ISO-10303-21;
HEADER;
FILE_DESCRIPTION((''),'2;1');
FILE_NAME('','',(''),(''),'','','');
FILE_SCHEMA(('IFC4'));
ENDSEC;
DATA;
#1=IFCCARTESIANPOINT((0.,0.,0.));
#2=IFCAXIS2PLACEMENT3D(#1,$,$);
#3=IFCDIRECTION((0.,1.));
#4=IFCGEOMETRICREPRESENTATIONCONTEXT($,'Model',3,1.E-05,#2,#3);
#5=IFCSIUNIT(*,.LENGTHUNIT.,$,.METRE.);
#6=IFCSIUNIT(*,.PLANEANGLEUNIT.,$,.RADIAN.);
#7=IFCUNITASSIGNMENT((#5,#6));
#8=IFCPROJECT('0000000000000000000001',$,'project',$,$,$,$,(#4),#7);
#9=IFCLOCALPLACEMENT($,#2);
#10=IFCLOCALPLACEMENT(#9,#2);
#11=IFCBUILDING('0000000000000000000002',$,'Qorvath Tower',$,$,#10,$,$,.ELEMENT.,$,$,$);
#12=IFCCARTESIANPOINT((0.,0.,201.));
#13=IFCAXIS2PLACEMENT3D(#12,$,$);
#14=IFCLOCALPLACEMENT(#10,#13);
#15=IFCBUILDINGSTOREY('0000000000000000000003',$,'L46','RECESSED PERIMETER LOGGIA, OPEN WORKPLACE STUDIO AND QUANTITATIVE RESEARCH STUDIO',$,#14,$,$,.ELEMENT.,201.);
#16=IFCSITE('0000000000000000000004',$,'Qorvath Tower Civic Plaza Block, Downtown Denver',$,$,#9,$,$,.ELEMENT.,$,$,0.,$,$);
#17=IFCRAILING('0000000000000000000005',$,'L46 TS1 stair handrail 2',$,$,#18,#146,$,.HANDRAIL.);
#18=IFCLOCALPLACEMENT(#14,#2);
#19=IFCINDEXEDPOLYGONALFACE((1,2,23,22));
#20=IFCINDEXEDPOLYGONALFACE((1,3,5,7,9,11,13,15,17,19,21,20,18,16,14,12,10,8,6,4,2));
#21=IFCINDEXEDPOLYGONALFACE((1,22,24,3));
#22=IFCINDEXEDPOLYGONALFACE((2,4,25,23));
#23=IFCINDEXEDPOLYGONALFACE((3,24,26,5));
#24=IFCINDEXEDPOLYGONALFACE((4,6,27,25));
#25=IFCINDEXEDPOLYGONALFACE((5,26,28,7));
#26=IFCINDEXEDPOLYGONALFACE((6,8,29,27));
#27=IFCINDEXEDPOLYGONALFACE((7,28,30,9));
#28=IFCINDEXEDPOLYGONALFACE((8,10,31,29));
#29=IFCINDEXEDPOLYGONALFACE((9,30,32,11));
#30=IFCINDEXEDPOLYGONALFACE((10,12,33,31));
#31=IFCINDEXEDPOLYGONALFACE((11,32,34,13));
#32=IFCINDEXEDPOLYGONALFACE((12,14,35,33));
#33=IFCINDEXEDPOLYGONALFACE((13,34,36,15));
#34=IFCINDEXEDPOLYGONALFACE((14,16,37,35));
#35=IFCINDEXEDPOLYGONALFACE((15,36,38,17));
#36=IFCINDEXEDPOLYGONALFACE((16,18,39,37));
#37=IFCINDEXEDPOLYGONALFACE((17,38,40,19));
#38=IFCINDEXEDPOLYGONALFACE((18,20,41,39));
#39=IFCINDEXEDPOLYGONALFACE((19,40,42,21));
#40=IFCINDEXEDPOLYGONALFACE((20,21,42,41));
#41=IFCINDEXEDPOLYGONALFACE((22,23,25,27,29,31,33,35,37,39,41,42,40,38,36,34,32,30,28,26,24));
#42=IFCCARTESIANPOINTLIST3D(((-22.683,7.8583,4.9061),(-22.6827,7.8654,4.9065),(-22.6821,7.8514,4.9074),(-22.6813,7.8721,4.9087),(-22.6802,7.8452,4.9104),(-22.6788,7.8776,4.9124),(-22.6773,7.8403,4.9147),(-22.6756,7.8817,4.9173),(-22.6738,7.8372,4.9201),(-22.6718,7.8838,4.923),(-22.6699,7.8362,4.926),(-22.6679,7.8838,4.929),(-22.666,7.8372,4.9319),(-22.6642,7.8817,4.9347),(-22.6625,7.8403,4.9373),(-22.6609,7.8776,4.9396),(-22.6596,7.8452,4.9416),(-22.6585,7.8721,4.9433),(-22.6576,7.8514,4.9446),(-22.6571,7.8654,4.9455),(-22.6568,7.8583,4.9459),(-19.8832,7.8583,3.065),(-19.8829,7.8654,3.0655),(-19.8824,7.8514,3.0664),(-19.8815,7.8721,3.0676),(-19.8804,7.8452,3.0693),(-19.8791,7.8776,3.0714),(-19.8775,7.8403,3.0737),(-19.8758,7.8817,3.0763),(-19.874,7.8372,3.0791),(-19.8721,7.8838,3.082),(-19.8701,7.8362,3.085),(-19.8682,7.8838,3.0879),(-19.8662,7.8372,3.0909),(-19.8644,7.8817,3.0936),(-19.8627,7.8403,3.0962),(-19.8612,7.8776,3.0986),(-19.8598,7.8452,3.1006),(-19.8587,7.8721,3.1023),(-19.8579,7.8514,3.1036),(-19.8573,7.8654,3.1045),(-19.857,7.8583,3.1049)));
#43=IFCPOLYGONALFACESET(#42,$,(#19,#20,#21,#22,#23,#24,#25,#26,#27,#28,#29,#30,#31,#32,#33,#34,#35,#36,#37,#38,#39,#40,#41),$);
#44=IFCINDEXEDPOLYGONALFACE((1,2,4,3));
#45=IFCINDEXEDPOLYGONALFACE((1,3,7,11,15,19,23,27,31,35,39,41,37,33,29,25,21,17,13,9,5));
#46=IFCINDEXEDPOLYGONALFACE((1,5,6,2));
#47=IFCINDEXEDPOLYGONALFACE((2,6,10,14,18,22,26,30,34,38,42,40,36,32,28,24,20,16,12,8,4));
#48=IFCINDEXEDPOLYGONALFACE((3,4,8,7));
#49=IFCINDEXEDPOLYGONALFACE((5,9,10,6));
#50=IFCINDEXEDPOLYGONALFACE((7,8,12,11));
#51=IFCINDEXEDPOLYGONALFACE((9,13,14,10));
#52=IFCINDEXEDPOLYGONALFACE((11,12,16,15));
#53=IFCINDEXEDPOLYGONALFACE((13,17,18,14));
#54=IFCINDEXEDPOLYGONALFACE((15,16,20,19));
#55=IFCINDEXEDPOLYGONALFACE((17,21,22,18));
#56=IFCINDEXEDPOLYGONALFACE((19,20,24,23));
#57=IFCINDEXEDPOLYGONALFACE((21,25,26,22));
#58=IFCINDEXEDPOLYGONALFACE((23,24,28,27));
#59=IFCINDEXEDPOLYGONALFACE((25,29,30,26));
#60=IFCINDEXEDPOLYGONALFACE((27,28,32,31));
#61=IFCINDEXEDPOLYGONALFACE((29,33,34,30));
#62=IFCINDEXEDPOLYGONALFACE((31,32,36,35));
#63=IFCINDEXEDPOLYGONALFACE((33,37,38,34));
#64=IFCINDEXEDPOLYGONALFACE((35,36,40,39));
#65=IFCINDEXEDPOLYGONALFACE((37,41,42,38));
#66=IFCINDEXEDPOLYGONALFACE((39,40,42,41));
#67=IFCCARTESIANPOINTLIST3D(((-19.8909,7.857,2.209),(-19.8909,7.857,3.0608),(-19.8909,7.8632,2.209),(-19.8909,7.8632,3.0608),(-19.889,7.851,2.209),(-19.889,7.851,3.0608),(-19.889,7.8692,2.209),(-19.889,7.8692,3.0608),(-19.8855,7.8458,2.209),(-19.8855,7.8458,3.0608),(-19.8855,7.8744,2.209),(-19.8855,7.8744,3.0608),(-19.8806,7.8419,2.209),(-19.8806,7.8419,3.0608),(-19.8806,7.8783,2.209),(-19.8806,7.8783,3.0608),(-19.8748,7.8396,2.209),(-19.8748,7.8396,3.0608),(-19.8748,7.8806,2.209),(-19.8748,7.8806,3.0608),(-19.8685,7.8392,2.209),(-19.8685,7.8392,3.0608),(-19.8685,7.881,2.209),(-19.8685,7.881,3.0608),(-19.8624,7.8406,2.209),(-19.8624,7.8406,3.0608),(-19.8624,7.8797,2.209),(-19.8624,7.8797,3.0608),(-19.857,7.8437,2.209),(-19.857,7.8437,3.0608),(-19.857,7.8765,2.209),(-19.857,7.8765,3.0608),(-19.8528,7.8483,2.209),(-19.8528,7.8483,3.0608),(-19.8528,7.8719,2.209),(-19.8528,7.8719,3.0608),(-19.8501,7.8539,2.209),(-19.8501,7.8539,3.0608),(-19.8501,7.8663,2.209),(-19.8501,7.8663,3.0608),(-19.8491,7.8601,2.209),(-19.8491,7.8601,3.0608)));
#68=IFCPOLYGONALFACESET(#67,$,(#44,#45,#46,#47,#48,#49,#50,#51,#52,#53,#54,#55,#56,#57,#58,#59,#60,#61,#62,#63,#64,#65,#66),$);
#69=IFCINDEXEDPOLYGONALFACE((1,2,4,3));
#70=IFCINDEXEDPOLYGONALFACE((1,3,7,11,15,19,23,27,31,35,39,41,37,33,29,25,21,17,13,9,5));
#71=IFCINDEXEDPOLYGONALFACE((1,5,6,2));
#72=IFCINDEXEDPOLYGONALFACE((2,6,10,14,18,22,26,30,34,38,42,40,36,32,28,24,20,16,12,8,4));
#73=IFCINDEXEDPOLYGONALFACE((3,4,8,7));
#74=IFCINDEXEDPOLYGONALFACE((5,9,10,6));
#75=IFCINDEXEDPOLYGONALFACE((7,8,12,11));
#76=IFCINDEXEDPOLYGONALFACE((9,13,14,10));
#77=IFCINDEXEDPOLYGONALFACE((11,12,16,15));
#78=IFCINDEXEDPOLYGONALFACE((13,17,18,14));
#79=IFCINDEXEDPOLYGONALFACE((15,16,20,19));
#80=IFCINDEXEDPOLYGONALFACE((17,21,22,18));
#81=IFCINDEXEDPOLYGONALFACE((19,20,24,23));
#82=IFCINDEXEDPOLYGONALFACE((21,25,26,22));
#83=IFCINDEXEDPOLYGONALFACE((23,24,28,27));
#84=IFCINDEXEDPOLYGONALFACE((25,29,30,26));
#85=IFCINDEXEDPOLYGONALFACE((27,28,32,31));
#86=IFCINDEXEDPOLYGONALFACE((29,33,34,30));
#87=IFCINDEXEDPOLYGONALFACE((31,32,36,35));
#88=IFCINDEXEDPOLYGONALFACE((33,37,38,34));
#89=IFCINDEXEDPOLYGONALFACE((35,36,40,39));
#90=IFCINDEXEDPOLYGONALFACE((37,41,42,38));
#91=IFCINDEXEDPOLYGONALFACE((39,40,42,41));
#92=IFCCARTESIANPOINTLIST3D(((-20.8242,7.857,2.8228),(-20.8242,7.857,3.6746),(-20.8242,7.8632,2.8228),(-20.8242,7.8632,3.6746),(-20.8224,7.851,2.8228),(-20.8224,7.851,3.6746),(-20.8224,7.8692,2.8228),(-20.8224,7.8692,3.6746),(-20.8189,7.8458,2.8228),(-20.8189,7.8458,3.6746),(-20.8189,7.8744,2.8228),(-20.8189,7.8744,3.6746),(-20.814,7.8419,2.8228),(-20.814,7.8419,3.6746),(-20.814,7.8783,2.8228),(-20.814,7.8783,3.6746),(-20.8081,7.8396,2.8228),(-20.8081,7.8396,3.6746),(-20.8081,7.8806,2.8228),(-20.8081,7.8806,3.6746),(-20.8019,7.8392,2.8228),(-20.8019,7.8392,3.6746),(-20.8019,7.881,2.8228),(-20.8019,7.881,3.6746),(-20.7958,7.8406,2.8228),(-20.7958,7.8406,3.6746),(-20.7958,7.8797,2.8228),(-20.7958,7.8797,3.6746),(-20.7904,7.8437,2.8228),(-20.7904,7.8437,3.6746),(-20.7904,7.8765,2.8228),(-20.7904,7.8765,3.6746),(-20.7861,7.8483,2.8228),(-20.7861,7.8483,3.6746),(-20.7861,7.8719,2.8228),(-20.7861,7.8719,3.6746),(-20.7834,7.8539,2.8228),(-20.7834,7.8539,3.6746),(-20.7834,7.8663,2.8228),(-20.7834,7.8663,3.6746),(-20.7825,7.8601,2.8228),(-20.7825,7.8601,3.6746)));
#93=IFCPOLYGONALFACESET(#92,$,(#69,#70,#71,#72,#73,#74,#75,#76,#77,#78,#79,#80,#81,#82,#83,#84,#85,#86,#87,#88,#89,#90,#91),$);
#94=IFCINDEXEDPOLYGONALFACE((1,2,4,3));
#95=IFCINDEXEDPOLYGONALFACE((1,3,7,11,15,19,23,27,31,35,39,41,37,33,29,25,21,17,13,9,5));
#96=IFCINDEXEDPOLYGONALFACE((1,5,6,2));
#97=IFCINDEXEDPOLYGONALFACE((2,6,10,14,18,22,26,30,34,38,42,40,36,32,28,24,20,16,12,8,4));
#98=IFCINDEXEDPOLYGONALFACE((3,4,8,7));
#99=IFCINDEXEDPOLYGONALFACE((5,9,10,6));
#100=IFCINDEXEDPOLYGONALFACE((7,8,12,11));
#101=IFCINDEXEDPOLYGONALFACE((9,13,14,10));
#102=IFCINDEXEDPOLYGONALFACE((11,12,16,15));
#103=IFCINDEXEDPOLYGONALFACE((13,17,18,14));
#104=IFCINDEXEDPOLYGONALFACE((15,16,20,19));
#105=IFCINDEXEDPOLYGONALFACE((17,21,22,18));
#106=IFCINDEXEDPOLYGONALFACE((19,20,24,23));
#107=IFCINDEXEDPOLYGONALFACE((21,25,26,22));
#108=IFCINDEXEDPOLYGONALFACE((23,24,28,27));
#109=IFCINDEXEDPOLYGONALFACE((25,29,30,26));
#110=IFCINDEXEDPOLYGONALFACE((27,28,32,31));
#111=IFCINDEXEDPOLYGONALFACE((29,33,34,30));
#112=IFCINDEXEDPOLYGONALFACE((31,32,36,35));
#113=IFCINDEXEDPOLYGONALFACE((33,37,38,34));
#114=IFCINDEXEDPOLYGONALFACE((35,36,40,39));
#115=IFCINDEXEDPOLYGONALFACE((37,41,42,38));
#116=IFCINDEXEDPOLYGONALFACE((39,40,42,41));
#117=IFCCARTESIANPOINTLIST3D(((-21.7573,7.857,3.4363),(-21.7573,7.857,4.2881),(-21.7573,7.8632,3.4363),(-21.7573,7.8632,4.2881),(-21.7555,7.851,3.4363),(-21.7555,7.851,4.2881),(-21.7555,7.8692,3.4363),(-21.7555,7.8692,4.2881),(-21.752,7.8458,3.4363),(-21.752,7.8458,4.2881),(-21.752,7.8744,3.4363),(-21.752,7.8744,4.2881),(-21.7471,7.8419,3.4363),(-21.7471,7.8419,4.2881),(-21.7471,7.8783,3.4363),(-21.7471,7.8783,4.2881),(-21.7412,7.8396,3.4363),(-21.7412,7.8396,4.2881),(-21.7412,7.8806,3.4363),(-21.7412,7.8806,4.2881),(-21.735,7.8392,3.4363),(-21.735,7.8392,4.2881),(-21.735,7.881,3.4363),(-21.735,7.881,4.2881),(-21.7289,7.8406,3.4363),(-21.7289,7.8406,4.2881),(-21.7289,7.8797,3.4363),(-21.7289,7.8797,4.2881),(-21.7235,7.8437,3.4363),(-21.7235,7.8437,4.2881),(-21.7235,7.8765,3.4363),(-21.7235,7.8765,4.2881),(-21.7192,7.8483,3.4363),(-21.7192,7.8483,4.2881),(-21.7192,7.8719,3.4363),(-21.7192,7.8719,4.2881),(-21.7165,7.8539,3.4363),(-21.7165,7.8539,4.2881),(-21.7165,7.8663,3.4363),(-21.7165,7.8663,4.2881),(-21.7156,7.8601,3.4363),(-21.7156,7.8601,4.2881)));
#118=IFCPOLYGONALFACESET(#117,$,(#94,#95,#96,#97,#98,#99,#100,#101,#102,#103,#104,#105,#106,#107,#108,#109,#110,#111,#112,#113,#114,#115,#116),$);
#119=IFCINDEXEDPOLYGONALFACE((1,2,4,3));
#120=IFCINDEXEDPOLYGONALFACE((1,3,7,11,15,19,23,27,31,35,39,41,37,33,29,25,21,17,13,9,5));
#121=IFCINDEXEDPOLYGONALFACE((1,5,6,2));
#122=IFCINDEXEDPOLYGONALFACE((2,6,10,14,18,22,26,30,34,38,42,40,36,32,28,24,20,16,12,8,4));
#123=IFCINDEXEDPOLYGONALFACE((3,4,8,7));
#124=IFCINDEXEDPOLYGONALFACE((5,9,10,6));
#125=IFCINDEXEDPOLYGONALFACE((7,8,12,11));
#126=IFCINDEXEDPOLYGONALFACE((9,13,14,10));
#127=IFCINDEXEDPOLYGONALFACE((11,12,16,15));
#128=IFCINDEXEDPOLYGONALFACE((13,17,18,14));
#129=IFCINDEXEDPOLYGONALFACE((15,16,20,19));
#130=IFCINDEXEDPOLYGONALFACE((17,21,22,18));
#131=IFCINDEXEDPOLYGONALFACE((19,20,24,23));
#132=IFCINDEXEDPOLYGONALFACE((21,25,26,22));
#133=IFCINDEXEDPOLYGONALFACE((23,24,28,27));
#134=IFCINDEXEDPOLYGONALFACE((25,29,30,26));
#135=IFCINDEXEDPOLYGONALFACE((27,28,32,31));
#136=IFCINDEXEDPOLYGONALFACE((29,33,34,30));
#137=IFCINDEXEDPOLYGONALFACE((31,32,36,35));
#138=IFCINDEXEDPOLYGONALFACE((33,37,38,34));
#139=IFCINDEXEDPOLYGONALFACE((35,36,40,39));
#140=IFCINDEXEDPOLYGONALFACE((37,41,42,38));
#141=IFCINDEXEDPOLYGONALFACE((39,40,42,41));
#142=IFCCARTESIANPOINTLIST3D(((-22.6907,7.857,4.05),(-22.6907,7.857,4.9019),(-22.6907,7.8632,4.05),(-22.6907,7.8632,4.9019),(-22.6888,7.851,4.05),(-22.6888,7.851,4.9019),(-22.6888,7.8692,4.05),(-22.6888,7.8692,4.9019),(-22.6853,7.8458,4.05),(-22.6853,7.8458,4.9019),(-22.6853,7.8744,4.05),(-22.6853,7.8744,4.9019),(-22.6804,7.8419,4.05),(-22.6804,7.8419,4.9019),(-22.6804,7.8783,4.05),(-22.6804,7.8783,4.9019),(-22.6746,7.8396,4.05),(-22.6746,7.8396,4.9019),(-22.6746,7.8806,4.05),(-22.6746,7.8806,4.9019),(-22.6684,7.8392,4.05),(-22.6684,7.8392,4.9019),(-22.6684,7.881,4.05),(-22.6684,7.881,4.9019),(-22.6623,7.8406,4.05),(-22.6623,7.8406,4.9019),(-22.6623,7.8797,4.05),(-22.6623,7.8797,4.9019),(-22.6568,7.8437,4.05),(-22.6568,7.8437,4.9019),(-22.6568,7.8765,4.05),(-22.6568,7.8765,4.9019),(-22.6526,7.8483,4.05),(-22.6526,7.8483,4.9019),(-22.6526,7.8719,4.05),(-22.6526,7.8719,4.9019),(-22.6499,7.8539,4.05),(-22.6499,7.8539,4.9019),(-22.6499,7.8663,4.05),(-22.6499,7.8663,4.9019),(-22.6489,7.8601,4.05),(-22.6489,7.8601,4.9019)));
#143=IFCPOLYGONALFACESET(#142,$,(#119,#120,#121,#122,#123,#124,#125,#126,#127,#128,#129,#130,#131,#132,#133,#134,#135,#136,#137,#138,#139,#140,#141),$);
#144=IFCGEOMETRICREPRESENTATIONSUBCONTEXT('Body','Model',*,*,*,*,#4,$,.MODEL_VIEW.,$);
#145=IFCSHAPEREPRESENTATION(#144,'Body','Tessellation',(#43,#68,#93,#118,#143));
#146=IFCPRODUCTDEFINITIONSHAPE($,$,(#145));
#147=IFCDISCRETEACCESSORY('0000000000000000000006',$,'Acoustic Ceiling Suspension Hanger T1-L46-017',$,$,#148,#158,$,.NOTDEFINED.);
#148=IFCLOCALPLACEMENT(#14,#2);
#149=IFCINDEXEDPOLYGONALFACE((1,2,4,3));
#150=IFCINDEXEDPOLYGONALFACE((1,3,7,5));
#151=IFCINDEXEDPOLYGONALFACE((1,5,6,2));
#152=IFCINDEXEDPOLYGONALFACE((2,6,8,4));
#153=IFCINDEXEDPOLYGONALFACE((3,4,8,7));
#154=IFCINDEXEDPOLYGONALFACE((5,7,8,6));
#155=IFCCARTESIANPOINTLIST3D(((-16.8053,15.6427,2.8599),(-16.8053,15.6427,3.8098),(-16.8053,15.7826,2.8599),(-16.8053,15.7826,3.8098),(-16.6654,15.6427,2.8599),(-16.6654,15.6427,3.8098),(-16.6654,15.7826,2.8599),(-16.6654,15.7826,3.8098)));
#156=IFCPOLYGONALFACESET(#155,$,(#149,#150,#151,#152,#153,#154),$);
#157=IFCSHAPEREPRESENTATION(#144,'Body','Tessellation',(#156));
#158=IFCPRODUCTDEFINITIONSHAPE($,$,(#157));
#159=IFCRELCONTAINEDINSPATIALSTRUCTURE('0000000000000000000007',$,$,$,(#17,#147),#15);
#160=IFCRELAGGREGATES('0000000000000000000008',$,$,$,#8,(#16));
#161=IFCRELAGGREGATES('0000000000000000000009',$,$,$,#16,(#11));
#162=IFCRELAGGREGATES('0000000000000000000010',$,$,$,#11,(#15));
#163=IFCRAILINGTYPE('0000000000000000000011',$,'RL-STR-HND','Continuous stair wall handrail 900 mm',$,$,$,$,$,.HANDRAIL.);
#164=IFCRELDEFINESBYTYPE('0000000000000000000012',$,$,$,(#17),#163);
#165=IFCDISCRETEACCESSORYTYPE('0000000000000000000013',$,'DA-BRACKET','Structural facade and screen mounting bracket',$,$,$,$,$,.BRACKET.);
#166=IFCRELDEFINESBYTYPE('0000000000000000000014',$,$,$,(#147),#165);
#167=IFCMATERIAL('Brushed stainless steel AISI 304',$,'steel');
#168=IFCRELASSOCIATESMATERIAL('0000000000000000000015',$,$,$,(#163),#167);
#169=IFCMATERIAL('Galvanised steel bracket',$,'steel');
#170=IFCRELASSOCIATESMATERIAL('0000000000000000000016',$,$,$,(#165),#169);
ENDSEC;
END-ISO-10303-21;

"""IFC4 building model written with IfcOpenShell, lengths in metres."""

from ifc_helpers import new_model, si_unit, direction, frame, origin, origin_2d, place, context, subcontext, project, spatial, rectangle, circle, extrude, material, type_object, element, save


model = new_model("IFC4")

# Units and contexts
model_context = context("Model", 3, precision=1e-05, world=origin(), true_north=direction((0.0, 1.0)))
body_context = subcontext(model_context, "Body", "Model", "MODEL_VIEW")
ifc_project = project(units=[si_unit("LENGTHUNIT", "METRE"), si_unit("PLANEANGLEUNIT", "RADIAN")], contexts=[model_context])

# Site, building, storey
site_placement = place(None, origin())
site = spatial("IfcSite", under=ifc_project, at=site_placement, Name="Qorvath Tower Civic Plaza Block, Downtown Denver", CompositionType="ELEMENT", RefElevation=0.0)
building_placement = place(site_placement, origin())
building = spatial("IfcBuilding", under=site, at=building_placement, Name="Qorvath Tower", CompositionType="ELEMENT")
storey_placement = place(building_placement, frame((0.0, 0.0, 201.0)))
storey = spatial("IfcBuildingStorey", under=building, at=storey_placement, Name="L46", Description="RECESSED PERIMETER LOGGIA, OPEN WORKPLACE STUDIO AND QUANTITATIVE RESEARCH STUDIO", CompositionType="ELEMENT", Elevation=201.0)

# Railing
ifc_material_1 = material(Name="Brushed stainless steel AISI 304", Category="steel")
railing_type = type_object("IfcRailingType", Name="RL-STR-HND", Description="Continuous stair wall handrail 900 mm", PredefinedType="HANDRAIL", material=ifc_material_1)
railing_placement = place(storey_placement, frame((-19.8701, 7.8601, 2.209)))
element("IfcRailing", 1, at=railing_placement, inside=storey, type_object=railing_type, Name="L46 TS1 stair handrail 2", PredefinedType="HANDRAIL", context=body_context, shape_type="SweptSolid", body=[
    extrude(circle(Radius=0.0239, at=origin_2d()), frame((0.0, 0.0, 0.876), z_axis=(-0.835542, 0.0, 0.549426), x_axis=(0.0, -1.0, 0.0)), (0.0, 0.0, 1.0), 3.3508),
    extrude(circle(Radius=0.021, at=origin_2d()), origin(), (0.0, 0.0, 1.0), 0.8518),
    extrude(circle(Radius=0.021, at=origin_2d()), frame((-0.9333, 0.0, 0.6138)), (0.0, 0.0, 1.0), 0.8518),
    extrude(circle(Radius=0.021, at=origin_2d()), frame((-1.8665, 0.0, 1.2273)), (0.0, 0.0, 1.0), 0.8518),
    extrude(circle(Radius=0.021, at=origin_2d()), frame((-2.7998, 0.0, 1.8411)), (0.0, 0.0, 1.0), 0.8518),
])

# Discrete accessory
ifc_material_2 = material(Name="Galvanised steel bracket", Category="steel")
discrete_accessory_type = type_object("IfcDiscreteAccessoryType", Name="DA-BRACKET", Description="Structural facade and screen mounting bracket", PredefinedType="BRACKET", material=ifc_material_2)
discrete_accessory_placement = place(storey_placement, frame((-16.7354, 15.7126, 2.8599), z_axis=(0.0, 0.0, 1.0), x_axis=(1.0, 0.0, 0.0)))
element("IfcDiscreteAccessory", 2, at=discrete_accessory_placement, inside=storey, type_object=discrete_accessory_type, Name="Acoustic Ceiling Suspension Hanger T1-L46-017", PredefinedType="NOTDEFINED", context=body_context, shape_type="SweptSolid", body=[
    extrude(rectangle(XDim=0.1399, YDim=0.1399, at=origin_2d()), origin(), (0.0, 0.0, 1.0), 0.95),
])

save(model, "model.ifc")
